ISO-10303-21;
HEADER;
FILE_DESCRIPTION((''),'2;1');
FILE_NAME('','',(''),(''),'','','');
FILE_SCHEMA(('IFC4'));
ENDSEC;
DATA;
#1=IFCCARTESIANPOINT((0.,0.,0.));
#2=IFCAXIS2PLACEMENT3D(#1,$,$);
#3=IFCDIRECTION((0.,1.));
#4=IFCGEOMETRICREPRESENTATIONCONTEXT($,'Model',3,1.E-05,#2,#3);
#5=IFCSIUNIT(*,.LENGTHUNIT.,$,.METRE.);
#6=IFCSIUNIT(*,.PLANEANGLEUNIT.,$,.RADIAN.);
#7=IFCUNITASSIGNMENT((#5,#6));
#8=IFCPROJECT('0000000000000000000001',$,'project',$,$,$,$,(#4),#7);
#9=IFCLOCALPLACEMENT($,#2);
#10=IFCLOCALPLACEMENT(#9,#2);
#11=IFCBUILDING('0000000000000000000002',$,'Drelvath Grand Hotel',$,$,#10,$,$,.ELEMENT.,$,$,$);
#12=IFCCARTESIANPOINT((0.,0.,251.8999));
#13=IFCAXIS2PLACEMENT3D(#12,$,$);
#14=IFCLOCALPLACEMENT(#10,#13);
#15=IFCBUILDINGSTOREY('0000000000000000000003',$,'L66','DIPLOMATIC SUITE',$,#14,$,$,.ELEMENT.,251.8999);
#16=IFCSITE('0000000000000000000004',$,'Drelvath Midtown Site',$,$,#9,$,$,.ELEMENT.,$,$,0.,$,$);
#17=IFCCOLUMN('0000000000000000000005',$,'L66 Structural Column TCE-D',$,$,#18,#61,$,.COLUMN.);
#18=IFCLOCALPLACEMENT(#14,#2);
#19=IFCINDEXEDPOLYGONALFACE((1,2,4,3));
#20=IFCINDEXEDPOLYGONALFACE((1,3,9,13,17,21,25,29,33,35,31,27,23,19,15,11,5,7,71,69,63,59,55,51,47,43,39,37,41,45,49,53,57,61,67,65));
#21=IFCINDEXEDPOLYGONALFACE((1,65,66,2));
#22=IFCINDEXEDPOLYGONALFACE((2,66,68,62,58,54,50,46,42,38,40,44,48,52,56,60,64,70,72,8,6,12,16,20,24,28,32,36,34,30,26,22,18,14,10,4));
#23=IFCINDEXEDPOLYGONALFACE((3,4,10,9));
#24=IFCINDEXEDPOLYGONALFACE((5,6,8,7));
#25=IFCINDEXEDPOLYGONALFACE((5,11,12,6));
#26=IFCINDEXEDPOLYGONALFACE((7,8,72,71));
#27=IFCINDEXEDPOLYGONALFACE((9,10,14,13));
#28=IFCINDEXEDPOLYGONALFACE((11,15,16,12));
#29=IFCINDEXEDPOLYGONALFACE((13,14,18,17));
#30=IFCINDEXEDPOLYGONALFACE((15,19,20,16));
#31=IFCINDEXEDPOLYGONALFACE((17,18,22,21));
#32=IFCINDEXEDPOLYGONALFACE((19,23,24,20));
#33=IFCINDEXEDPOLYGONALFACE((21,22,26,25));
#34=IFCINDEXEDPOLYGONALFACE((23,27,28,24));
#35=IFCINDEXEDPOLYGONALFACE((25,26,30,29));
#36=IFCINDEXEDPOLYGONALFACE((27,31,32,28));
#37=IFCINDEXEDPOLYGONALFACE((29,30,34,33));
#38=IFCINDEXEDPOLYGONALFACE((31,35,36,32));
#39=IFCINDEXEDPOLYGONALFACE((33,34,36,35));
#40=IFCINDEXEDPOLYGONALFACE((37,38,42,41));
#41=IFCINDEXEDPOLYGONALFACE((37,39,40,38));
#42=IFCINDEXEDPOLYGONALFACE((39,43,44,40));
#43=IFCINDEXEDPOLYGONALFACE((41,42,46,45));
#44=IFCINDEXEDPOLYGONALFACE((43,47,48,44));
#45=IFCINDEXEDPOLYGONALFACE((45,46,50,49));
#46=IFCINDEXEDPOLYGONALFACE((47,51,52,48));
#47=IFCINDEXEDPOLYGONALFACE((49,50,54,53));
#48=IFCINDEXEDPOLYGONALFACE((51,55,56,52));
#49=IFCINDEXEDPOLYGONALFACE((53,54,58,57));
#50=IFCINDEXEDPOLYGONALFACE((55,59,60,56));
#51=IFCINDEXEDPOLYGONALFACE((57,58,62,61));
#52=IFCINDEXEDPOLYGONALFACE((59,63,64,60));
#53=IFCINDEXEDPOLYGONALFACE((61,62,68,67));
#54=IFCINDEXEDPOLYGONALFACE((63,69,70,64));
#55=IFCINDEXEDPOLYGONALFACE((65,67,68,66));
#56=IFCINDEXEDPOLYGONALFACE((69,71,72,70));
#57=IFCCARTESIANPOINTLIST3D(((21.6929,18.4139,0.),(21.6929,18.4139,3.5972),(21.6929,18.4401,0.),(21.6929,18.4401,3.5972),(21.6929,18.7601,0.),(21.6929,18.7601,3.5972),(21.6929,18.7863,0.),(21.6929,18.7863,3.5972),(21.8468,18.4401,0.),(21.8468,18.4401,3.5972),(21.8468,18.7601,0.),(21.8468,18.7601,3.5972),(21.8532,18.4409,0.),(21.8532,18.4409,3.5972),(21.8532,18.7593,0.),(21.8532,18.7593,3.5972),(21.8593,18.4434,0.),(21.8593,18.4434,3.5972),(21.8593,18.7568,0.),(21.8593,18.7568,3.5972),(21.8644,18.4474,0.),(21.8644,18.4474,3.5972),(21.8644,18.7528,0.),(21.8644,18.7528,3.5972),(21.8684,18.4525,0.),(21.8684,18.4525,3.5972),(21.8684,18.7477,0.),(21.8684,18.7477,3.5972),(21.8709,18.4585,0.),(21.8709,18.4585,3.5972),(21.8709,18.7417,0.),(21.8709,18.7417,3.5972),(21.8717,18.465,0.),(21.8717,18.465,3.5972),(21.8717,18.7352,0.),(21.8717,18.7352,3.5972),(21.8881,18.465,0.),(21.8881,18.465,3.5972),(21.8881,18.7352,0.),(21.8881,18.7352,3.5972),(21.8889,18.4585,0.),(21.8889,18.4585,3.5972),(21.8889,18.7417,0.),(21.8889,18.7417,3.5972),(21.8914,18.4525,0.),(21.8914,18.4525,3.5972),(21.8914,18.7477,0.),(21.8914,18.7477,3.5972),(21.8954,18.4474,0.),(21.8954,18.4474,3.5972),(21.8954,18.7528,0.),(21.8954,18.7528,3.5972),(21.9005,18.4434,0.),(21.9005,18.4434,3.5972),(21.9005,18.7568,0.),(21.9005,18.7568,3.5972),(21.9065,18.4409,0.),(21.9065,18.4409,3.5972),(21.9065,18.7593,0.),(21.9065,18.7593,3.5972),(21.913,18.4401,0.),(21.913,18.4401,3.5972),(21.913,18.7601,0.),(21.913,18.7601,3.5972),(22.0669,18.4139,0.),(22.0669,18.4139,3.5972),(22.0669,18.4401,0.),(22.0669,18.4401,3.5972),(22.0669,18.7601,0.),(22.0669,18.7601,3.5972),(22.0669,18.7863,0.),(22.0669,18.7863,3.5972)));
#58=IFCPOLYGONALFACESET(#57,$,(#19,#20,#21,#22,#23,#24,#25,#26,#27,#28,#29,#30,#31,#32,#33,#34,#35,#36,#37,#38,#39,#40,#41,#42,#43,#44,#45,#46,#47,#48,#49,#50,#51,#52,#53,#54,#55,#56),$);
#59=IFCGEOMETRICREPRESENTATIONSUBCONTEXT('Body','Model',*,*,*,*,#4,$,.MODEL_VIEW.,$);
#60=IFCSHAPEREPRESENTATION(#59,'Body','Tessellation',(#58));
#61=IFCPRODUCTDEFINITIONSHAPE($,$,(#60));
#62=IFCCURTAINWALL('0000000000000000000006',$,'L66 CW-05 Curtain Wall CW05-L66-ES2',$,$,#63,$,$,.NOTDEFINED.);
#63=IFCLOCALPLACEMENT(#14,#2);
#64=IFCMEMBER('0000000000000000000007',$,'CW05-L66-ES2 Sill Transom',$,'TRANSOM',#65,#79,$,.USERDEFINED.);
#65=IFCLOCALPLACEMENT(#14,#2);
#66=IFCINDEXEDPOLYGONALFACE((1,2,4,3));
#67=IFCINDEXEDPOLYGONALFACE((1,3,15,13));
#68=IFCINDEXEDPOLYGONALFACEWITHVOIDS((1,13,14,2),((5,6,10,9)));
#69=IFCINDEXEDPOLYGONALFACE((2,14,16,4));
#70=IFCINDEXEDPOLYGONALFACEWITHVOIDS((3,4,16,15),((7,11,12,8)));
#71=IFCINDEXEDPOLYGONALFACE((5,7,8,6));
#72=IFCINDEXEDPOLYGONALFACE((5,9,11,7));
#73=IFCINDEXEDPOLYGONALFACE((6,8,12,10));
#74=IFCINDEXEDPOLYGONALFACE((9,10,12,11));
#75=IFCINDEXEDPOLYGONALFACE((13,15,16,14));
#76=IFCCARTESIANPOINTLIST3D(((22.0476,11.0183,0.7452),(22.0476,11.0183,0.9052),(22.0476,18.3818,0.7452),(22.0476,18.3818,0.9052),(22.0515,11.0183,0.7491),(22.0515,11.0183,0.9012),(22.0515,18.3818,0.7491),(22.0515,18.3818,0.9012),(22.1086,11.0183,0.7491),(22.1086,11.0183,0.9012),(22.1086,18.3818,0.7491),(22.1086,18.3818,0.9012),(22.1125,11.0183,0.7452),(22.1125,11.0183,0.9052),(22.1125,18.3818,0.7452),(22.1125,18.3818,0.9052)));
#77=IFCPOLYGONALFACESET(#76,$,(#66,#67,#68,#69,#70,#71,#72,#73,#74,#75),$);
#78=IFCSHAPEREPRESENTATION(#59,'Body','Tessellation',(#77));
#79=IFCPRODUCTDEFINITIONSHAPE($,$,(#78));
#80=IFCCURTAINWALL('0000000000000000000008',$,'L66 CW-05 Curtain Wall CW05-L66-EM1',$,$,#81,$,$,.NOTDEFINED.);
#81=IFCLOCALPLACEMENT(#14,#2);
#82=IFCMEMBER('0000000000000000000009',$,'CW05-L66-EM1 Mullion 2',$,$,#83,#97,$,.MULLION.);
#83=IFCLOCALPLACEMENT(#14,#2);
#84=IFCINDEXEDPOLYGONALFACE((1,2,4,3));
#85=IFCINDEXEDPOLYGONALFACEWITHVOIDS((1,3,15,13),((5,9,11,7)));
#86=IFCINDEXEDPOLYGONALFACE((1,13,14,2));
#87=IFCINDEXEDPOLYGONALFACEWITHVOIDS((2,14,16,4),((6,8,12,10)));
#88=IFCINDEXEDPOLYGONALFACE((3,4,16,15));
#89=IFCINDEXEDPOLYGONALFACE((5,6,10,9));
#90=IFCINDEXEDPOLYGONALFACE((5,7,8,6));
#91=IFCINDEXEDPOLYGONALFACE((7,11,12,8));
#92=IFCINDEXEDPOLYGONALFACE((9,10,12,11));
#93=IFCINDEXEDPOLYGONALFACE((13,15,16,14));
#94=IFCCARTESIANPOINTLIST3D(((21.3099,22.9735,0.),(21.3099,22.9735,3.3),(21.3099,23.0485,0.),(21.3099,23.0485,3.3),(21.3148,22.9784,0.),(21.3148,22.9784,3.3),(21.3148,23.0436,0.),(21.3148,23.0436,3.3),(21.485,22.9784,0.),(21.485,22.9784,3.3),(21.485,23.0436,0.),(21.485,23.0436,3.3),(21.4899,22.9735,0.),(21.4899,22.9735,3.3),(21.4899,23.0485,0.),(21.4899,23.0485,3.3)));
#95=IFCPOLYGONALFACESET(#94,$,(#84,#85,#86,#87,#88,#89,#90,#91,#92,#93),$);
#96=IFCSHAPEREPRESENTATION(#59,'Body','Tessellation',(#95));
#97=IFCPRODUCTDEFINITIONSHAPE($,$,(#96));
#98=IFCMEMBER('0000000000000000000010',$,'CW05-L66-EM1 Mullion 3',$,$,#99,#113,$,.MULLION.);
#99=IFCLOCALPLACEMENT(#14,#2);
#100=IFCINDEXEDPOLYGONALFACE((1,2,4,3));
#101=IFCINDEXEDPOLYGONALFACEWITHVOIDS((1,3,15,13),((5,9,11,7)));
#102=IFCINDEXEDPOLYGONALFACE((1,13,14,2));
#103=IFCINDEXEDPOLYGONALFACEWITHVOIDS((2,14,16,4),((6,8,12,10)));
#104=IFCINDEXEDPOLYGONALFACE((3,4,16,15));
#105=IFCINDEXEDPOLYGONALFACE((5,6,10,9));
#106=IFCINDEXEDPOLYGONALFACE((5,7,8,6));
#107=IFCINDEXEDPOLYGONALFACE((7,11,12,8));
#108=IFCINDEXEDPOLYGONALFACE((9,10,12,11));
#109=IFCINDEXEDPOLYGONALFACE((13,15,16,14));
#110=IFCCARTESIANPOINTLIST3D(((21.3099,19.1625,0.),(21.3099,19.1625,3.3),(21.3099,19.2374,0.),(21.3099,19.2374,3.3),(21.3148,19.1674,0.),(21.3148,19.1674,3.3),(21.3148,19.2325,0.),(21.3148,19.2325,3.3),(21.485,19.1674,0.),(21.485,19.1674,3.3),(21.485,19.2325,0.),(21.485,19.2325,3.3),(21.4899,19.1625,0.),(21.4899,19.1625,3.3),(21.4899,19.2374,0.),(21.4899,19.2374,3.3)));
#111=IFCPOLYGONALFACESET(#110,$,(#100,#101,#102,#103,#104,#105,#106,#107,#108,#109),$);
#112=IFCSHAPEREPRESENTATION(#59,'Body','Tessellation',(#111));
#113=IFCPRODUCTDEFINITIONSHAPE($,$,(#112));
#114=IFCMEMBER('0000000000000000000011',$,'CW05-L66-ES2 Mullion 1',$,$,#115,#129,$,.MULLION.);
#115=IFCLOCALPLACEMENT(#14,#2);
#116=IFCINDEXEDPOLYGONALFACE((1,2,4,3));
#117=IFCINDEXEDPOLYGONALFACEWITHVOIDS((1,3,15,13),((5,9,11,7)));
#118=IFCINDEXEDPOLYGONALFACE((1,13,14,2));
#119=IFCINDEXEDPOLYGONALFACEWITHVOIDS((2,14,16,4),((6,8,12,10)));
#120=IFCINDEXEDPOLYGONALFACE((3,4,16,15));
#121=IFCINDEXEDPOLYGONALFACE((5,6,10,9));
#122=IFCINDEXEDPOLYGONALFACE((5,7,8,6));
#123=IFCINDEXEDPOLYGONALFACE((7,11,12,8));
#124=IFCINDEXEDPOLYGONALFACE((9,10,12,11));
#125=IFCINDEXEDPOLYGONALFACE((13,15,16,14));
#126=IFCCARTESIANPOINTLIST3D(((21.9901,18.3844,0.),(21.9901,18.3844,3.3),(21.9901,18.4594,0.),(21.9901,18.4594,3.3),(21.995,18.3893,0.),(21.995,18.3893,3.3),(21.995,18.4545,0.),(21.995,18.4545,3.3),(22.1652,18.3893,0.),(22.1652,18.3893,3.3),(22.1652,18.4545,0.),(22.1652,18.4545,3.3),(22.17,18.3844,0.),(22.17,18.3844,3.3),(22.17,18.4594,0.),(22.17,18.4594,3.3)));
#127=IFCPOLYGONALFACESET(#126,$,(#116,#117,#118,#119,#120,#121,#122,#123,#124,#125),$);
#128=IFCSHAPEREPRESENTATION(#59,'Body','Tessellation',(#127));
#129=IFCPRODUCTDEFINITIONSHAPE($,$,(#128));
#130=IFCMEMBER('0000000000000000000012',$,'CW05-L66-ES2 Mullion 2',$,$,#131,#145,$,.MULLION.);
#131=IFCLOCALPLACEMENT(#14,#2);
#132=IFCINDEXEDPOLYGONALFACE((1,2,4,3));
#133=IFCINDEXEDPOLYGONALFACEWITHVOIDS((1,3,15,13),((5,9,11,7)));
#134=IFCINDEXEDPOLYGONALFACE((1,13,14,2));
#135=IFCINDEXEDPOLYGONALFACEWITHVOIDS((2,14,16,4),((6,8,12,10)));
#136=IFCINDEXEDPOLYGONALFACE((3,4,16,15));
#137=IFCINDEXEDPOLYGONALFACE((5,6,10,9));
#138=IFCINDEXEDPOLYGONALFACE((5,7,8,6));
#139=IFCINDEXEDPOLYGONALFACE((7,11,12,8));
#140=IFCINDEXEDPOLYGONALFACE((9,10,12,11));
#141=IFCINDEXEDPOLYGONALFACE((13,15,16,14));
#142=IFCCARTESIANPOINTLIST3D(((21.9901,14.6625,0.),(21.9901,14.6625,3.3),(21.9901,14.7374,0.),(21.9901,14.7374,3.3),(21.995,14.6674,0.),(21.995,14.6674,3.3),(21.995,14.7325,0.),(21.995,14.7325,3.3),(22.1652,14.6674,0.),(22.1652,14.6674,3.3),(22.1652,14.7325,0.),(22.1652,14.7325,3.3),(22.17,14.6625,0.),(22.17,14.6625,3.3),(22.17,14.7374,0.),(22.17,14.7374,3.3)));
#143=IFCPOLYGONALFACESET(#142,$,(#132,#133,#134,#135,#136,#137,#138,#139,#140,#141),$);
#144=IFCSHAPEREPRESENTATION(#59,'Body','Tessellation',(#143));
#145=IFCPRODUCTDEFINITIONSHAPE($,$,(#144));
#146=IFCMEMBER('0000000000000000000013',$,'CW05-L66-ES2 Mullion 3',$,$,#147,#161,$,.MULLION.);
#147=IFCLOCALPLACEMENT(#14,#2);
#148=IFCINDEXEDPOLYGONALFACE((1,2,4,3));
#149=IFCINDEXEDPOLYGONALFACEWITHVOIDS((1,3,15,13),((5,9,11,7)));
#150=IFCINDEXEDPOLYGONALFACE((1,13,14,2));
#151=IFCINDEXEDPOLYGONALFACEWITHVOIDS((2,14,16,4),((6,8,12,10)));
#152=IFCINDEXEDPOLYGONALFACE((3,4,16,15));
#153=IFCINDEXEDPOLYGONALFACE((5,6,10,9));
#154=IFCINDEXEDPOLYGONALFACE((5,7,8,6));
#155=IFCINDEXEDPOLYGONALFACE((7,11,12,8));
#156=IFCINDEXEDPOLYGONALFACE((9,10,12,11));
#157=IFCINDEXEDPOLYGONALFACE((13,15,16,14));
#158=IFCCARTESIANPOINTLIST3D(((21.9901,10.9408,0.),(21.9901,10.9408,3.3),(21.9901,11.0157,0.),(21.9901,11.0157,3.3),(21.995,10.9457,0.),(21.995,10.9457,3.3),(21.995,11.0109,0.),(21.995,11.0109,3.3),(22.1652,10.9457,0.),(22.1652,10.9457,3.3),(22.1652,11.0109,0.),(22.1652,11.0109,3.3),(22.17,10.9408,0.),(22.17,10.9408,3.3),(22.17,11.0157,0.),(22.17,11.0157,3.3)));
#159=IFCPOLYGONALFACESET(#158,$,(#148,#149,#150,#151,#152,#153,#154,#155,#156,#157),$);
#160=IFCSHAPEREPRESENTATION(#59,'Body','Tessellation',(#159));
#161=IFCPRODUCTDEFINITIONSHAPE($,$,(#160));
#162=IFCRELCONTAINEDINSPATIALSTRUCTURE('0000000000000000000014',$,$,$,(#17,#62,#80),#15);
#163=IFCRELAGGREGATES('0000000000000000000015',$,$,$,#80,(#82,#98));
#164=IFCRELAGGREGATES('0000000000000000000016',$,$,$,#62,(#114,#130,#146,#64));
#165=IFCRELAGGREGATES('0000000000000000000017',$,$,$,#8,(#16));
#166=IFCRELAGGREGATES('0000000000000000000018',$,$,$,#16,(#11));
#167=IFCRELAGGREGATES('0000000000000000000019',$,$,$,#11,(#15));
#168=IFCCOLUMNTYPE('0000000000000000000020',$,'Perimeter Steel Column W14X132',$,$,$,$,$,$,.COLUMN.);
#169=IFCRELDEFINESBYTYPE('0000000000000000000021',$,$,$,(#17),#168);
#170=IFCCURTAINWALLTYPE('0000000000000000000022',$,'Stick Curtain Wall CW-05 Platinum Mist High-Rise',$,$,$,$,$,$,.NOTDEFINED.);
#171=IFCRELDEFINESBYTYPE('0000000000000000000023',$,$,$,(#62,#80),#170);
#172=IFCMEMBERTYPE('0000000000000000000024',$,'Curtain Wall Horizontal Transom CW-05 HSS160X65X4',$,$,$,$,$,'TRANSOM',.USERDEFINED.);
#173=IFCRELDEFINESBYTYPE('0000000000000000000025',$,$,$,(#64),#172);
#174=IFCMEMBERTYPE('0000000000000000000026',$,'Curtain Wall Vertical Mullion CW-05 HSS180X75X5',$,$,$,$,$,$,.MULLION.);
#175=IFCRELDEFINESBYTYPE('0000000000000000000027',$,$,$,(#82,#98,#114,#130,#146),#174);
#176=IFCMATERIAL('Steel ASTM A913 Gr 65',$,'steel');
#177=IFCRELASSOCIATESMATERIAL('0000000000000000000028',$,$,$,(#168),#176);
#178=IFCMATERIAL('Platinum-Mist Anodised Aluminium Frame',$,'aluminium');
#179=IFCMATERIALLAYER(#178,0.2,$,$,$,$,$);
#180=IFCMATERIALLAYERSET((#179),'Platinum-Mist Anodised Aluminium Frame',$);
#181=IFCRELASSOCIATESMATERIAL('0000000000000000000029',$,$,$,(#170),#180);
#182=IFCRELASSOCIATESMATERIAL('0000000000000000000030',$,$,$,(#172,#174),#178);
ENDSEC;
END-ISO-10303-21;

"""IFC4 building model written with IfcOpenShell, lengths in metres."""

from ifc_helpers import new_model, si_unit, direction, frame, origin, origin_2d, place, context, subcontext, project, spatial, hollow_rectangle, i_section, extrude, material, layer, layer_set, material_profile, profile_set, type_object, element, aggregate, save


model = new_model("IFC4")

# Units and contexts
model_context = context("Model", 3, precision=1e-05, world=origin(), true_north=direction((0.0, 1.0)))
body_context = subcontext(model_context, "Body", "Model", "MODEL_VIEW")
ifc_project = project(units=[si_unit("LENGTHUNIT", "METRE"), si_unit("PLANEANGLEUNIT", "RADIAN")], contexts=[model_context])

# Site, building, storey
site_placement = place(None, origin())
site = spatial("IfcSite", under=ifc_project, at=site_placement, Name="Drelvath Midtown Site", CompositionType="ELEMENT", RefElevation=0.0)
building_placement = place(site_placement, origin())
building = spatial("IfcBuilding", under=site, at=building_placement, Name="Drelvath Grand Hotel", CompositionType="ELEMENT")
storey_placement = place(building_placement, frame((0.0, 0.0, 251.8999)))
storey = spatial("IfcBuildingStorey", under=building, at=storey_placement, Name="L66", Description="DIPLOMATIC SUITE", CompositionType="ELEMENT", Elevation=251.8999)

# Column
ifc_material_1 = material(Name="Steel ASTM A913 Gr 65", Category="steel")
ifc_material_profile_1 = material_profile(ifc_material_1, i_section(OverallWidth=0.374, OverallDepth=0.3723, WebThickness=0.0164, FlangeThickness=0.0261, FilletRadius=0.0249, at=origin_2d()), Name="W14X132")
ifc_profile_set_1 = profile_set([ifc_material_profile_1], Name="Steel ASTM A913 Gr 65")
column_type = type_object("IfcColumnType", Name="Perimeter Steel Column W14X132", PredefinedType="COLUMN", material=ifc_profile_set_1)
column_placement = place(storey_placement, frame((21.8799, 18.6001, 0.0), z_axis=(0.0, 0.0, 1.0), x_axis=(1.0, 0.0, 0.0)))
element("IfcColumn", 1, at=column_placement, inside=storey, type_object=column_type, Name="L66 Structural Column TCE-D", PredefinedType="COLUMN", context=body_context, shape_type="SweptSolid", body=[
    extrude(i_section(OverallWidth=0.374, OverallDepth=0.3723, WebThickness=0.0164, FlangeThickness=0.0261, FilletRadius=0.0249, at=origin_2d()), origin(), (0.0, 0.0, 1.0), 3.5972),
])

# Curtain wall, member
ifc_material_2 = material(Name="Platinum-Mist Anodised Aluminium Frame", Category="aluminium")
ifc_layer_1 = layer(ifc_material_2, 0.2)
ifc_layer_set_1 = layer_set([ifc_layer_1], Name="Platinum-Mist Anodised Aluminium Frame")
curtain_wall_type = type_object("IfcCurtainWallType", Name="Stick Curtain Wall CW-05 Platinum Mist High-Rise", PredefinedType="NOTDEFINED", material=ifc_layer_set_1)
curtain_wall_1_placement = place(storey_placement, origin())
curtain_wall_1 = element("IfcCurtainWall", 2, at=curtain_wall_1_placement, inside=storey, type_object=curtain_wall_type, Name="L66 CW-05 Curtain Wall CW05-L66-ES2", PredefinedType="NOTDEFINED")
ifc_material_profile_2 = material_profile(ifc_material_2, hollow_rectangle(XDim=0.0649, YDim=0.1599, WallThickness=0.0039, at=origin_2d()), Name="HSS160X65X4")
ifc_profile_set_2 = profile_set([ifc_material_profile_2], Name="Platinum-Mist Anodised Aluminium Frame")
member_type_1 = type_object("IfcMemberType", Name="Curtain Wall Horizontal Transom CW-05 HSS160X65X4", ElementType="TRANSOM", PredefinedType="USERDEFINED", material=ifc_profile_set_2)
member_1_placement = place(storey_placement, frame((22.0801, 18.3818, 0.8252), z_axis=(0.0, -1.0, 0.0), x_axis=(1.0, 0.0, 0.0)))
member_1 = element("IfcMember", 3, at=member_1_placement, type_object=member_type_1, Name="CW05-L66-ES2 Sill Transom", ObjectType="TRANSOM", PredefinedType="USERDEFINED", context=body_context, shape_type="SweptSolid", body=[
    extrude(hollow_rectangle(XDim=0.0649, YDim=0.1599, WallThickness=0.0039, at=origin_2d()), origin(), (0.0, 0.0, 1.0), 7.3635),
])

# Curtain wall, members
curtain_wall_2_placement = place(storey_placement, origin())
curtain_wall_2 = element("IfcCurtainWall", 4, at=curtain_wall_2_placement, inside=storey, type_object=curtain_wall_type, Name="L66 CW-05 Curtain Wall CW05-L66-EM1", PredefinedType="NOTDEFINED")
ifc_material_profile_3 = material_profile(ifc_material_2, hollow_rectangle(XDim=0.075, YDim=0.1799, WallThickness=0.0049, at=origin_2d()), Name="HSS180X75X5")
ifc_profile_set_3 = profile_set([ifc_material_profile_3], Name="Platinum-Mist Anodised Aluminium Frame")
member_type_2 = type_object("IfcMemberType", Name="Curtain Wall Vertical Mullion CW-05 HSS180X75X5", PredefinedType="MULLION", material=ifc_profile_set_3)
member_2_placement = place(storey_placement, frame((21.3999, 23.011, 0.0), z_axis=(0.0, 0.0, 1.0), x_axis=(0.0, 1.0, 0.0)))
member_2 = element("IfcMember", 5, at=member_2_placement, type_object=member_type_2, Name="CW05-L66-EM1 Mullion 2", PredefinedType="MULLION", context=body_context, shape_type="SweptSolid", body=[
    extrude(hollow_rectangle(XDim=0.075, YDim=0.1799, WallThickness=0.0049, at=origin_2d()), origin(), (0.0, 0.0, 1.0), 3.3),
])
member_3_placement = place(storey_placement, frame((21.3999, 19.2, 0.0), z_axis=(0.0, 0.0, 1.0), x_axis=(0.0, 1.0, 0.0)))
member_3 = element("IfcMember", 6, at=member_3_placement, type_object=member_type_2, Name="CW05-L66-EM1 Mullion 3", PredefinedType="MULLION", context=body_context, shape_type="SweptSolid", body=[
    extrude(hollow_rectangle(XDim=0.075, YDim=0.1799, WallThickness=0.0049, at=origin_2d()), origin(), (0.0, 0.0, 1.0), 3.3),
])

# Members
member_4_placement = place(storey_placement, frame((22.0801, 18.4219, 0.0), z_axis=(0.0, 0.0, 1.0), x_axis=(0.0, 1.0, 0.0)))
member_4 = element("IfcMember", 7, at=member_4_placement, type_object=member_type_2, Name="CW05-L66-ES2 Mullion 1", PredefinedType="MULLION", context=body_context, shape_type="SweptSolid", body=[
    extrude(hollow_rectangle(XDim=0.075, YDim=0.1799, WallThickness=0.0049, at=origin_2d()), origin(), (0.0, 0.0, 1.0), 3.3),
])
member_5_placement = place(storey_placement, frame((22.0801, 14.7, 0.0), z_axis=(0.0, 0.0, 1.0), x_axis=(0.0, 1.0, 0.0)))
member_5 = element("IfcMember", 8, at=member_5_placement, type_object=member_type_2, Name="CW05-L66-ES2 Mullion 2", PredefinedType="MULLION", context=body_context, shape_type="SweptSolid", body=[
    extrude(hollow_rectangle(XDim=0.075, YDim=0.1799, WallThickness=0.0049, at=origin_2d()), origin(), (0.0, 0.0, 1.0), 3.3),
])
member_6_placement = place(storey_placement, frame((22.0801, 10.9783, 0.0), z_axis=(0.0, 0.0, 1.0), x_axis=(0.0, 1.0, 0.0)))
member_6 = element("IfcMember", 9, at=member_6_placement, type_object=member_type_2, Name="CW05-L66-ES2 Mullion 3", PredefinedType="MULLION", context=body_context, shape_type="SweptSolid", body=[
    extrude(hollow_rectangle(XDim=0.075, YDim=0.1799, WallThickness=0.0049, at=origin_2d()), origin(), (0.0, 0.0, 1.0), 3.3),
])

aggregate(curtain_wall_2, [member_2, member_3])
aggregate(curtain_wall_1, [member_4, member_5, member_6, member_1])

save(model, "model.ifc")
